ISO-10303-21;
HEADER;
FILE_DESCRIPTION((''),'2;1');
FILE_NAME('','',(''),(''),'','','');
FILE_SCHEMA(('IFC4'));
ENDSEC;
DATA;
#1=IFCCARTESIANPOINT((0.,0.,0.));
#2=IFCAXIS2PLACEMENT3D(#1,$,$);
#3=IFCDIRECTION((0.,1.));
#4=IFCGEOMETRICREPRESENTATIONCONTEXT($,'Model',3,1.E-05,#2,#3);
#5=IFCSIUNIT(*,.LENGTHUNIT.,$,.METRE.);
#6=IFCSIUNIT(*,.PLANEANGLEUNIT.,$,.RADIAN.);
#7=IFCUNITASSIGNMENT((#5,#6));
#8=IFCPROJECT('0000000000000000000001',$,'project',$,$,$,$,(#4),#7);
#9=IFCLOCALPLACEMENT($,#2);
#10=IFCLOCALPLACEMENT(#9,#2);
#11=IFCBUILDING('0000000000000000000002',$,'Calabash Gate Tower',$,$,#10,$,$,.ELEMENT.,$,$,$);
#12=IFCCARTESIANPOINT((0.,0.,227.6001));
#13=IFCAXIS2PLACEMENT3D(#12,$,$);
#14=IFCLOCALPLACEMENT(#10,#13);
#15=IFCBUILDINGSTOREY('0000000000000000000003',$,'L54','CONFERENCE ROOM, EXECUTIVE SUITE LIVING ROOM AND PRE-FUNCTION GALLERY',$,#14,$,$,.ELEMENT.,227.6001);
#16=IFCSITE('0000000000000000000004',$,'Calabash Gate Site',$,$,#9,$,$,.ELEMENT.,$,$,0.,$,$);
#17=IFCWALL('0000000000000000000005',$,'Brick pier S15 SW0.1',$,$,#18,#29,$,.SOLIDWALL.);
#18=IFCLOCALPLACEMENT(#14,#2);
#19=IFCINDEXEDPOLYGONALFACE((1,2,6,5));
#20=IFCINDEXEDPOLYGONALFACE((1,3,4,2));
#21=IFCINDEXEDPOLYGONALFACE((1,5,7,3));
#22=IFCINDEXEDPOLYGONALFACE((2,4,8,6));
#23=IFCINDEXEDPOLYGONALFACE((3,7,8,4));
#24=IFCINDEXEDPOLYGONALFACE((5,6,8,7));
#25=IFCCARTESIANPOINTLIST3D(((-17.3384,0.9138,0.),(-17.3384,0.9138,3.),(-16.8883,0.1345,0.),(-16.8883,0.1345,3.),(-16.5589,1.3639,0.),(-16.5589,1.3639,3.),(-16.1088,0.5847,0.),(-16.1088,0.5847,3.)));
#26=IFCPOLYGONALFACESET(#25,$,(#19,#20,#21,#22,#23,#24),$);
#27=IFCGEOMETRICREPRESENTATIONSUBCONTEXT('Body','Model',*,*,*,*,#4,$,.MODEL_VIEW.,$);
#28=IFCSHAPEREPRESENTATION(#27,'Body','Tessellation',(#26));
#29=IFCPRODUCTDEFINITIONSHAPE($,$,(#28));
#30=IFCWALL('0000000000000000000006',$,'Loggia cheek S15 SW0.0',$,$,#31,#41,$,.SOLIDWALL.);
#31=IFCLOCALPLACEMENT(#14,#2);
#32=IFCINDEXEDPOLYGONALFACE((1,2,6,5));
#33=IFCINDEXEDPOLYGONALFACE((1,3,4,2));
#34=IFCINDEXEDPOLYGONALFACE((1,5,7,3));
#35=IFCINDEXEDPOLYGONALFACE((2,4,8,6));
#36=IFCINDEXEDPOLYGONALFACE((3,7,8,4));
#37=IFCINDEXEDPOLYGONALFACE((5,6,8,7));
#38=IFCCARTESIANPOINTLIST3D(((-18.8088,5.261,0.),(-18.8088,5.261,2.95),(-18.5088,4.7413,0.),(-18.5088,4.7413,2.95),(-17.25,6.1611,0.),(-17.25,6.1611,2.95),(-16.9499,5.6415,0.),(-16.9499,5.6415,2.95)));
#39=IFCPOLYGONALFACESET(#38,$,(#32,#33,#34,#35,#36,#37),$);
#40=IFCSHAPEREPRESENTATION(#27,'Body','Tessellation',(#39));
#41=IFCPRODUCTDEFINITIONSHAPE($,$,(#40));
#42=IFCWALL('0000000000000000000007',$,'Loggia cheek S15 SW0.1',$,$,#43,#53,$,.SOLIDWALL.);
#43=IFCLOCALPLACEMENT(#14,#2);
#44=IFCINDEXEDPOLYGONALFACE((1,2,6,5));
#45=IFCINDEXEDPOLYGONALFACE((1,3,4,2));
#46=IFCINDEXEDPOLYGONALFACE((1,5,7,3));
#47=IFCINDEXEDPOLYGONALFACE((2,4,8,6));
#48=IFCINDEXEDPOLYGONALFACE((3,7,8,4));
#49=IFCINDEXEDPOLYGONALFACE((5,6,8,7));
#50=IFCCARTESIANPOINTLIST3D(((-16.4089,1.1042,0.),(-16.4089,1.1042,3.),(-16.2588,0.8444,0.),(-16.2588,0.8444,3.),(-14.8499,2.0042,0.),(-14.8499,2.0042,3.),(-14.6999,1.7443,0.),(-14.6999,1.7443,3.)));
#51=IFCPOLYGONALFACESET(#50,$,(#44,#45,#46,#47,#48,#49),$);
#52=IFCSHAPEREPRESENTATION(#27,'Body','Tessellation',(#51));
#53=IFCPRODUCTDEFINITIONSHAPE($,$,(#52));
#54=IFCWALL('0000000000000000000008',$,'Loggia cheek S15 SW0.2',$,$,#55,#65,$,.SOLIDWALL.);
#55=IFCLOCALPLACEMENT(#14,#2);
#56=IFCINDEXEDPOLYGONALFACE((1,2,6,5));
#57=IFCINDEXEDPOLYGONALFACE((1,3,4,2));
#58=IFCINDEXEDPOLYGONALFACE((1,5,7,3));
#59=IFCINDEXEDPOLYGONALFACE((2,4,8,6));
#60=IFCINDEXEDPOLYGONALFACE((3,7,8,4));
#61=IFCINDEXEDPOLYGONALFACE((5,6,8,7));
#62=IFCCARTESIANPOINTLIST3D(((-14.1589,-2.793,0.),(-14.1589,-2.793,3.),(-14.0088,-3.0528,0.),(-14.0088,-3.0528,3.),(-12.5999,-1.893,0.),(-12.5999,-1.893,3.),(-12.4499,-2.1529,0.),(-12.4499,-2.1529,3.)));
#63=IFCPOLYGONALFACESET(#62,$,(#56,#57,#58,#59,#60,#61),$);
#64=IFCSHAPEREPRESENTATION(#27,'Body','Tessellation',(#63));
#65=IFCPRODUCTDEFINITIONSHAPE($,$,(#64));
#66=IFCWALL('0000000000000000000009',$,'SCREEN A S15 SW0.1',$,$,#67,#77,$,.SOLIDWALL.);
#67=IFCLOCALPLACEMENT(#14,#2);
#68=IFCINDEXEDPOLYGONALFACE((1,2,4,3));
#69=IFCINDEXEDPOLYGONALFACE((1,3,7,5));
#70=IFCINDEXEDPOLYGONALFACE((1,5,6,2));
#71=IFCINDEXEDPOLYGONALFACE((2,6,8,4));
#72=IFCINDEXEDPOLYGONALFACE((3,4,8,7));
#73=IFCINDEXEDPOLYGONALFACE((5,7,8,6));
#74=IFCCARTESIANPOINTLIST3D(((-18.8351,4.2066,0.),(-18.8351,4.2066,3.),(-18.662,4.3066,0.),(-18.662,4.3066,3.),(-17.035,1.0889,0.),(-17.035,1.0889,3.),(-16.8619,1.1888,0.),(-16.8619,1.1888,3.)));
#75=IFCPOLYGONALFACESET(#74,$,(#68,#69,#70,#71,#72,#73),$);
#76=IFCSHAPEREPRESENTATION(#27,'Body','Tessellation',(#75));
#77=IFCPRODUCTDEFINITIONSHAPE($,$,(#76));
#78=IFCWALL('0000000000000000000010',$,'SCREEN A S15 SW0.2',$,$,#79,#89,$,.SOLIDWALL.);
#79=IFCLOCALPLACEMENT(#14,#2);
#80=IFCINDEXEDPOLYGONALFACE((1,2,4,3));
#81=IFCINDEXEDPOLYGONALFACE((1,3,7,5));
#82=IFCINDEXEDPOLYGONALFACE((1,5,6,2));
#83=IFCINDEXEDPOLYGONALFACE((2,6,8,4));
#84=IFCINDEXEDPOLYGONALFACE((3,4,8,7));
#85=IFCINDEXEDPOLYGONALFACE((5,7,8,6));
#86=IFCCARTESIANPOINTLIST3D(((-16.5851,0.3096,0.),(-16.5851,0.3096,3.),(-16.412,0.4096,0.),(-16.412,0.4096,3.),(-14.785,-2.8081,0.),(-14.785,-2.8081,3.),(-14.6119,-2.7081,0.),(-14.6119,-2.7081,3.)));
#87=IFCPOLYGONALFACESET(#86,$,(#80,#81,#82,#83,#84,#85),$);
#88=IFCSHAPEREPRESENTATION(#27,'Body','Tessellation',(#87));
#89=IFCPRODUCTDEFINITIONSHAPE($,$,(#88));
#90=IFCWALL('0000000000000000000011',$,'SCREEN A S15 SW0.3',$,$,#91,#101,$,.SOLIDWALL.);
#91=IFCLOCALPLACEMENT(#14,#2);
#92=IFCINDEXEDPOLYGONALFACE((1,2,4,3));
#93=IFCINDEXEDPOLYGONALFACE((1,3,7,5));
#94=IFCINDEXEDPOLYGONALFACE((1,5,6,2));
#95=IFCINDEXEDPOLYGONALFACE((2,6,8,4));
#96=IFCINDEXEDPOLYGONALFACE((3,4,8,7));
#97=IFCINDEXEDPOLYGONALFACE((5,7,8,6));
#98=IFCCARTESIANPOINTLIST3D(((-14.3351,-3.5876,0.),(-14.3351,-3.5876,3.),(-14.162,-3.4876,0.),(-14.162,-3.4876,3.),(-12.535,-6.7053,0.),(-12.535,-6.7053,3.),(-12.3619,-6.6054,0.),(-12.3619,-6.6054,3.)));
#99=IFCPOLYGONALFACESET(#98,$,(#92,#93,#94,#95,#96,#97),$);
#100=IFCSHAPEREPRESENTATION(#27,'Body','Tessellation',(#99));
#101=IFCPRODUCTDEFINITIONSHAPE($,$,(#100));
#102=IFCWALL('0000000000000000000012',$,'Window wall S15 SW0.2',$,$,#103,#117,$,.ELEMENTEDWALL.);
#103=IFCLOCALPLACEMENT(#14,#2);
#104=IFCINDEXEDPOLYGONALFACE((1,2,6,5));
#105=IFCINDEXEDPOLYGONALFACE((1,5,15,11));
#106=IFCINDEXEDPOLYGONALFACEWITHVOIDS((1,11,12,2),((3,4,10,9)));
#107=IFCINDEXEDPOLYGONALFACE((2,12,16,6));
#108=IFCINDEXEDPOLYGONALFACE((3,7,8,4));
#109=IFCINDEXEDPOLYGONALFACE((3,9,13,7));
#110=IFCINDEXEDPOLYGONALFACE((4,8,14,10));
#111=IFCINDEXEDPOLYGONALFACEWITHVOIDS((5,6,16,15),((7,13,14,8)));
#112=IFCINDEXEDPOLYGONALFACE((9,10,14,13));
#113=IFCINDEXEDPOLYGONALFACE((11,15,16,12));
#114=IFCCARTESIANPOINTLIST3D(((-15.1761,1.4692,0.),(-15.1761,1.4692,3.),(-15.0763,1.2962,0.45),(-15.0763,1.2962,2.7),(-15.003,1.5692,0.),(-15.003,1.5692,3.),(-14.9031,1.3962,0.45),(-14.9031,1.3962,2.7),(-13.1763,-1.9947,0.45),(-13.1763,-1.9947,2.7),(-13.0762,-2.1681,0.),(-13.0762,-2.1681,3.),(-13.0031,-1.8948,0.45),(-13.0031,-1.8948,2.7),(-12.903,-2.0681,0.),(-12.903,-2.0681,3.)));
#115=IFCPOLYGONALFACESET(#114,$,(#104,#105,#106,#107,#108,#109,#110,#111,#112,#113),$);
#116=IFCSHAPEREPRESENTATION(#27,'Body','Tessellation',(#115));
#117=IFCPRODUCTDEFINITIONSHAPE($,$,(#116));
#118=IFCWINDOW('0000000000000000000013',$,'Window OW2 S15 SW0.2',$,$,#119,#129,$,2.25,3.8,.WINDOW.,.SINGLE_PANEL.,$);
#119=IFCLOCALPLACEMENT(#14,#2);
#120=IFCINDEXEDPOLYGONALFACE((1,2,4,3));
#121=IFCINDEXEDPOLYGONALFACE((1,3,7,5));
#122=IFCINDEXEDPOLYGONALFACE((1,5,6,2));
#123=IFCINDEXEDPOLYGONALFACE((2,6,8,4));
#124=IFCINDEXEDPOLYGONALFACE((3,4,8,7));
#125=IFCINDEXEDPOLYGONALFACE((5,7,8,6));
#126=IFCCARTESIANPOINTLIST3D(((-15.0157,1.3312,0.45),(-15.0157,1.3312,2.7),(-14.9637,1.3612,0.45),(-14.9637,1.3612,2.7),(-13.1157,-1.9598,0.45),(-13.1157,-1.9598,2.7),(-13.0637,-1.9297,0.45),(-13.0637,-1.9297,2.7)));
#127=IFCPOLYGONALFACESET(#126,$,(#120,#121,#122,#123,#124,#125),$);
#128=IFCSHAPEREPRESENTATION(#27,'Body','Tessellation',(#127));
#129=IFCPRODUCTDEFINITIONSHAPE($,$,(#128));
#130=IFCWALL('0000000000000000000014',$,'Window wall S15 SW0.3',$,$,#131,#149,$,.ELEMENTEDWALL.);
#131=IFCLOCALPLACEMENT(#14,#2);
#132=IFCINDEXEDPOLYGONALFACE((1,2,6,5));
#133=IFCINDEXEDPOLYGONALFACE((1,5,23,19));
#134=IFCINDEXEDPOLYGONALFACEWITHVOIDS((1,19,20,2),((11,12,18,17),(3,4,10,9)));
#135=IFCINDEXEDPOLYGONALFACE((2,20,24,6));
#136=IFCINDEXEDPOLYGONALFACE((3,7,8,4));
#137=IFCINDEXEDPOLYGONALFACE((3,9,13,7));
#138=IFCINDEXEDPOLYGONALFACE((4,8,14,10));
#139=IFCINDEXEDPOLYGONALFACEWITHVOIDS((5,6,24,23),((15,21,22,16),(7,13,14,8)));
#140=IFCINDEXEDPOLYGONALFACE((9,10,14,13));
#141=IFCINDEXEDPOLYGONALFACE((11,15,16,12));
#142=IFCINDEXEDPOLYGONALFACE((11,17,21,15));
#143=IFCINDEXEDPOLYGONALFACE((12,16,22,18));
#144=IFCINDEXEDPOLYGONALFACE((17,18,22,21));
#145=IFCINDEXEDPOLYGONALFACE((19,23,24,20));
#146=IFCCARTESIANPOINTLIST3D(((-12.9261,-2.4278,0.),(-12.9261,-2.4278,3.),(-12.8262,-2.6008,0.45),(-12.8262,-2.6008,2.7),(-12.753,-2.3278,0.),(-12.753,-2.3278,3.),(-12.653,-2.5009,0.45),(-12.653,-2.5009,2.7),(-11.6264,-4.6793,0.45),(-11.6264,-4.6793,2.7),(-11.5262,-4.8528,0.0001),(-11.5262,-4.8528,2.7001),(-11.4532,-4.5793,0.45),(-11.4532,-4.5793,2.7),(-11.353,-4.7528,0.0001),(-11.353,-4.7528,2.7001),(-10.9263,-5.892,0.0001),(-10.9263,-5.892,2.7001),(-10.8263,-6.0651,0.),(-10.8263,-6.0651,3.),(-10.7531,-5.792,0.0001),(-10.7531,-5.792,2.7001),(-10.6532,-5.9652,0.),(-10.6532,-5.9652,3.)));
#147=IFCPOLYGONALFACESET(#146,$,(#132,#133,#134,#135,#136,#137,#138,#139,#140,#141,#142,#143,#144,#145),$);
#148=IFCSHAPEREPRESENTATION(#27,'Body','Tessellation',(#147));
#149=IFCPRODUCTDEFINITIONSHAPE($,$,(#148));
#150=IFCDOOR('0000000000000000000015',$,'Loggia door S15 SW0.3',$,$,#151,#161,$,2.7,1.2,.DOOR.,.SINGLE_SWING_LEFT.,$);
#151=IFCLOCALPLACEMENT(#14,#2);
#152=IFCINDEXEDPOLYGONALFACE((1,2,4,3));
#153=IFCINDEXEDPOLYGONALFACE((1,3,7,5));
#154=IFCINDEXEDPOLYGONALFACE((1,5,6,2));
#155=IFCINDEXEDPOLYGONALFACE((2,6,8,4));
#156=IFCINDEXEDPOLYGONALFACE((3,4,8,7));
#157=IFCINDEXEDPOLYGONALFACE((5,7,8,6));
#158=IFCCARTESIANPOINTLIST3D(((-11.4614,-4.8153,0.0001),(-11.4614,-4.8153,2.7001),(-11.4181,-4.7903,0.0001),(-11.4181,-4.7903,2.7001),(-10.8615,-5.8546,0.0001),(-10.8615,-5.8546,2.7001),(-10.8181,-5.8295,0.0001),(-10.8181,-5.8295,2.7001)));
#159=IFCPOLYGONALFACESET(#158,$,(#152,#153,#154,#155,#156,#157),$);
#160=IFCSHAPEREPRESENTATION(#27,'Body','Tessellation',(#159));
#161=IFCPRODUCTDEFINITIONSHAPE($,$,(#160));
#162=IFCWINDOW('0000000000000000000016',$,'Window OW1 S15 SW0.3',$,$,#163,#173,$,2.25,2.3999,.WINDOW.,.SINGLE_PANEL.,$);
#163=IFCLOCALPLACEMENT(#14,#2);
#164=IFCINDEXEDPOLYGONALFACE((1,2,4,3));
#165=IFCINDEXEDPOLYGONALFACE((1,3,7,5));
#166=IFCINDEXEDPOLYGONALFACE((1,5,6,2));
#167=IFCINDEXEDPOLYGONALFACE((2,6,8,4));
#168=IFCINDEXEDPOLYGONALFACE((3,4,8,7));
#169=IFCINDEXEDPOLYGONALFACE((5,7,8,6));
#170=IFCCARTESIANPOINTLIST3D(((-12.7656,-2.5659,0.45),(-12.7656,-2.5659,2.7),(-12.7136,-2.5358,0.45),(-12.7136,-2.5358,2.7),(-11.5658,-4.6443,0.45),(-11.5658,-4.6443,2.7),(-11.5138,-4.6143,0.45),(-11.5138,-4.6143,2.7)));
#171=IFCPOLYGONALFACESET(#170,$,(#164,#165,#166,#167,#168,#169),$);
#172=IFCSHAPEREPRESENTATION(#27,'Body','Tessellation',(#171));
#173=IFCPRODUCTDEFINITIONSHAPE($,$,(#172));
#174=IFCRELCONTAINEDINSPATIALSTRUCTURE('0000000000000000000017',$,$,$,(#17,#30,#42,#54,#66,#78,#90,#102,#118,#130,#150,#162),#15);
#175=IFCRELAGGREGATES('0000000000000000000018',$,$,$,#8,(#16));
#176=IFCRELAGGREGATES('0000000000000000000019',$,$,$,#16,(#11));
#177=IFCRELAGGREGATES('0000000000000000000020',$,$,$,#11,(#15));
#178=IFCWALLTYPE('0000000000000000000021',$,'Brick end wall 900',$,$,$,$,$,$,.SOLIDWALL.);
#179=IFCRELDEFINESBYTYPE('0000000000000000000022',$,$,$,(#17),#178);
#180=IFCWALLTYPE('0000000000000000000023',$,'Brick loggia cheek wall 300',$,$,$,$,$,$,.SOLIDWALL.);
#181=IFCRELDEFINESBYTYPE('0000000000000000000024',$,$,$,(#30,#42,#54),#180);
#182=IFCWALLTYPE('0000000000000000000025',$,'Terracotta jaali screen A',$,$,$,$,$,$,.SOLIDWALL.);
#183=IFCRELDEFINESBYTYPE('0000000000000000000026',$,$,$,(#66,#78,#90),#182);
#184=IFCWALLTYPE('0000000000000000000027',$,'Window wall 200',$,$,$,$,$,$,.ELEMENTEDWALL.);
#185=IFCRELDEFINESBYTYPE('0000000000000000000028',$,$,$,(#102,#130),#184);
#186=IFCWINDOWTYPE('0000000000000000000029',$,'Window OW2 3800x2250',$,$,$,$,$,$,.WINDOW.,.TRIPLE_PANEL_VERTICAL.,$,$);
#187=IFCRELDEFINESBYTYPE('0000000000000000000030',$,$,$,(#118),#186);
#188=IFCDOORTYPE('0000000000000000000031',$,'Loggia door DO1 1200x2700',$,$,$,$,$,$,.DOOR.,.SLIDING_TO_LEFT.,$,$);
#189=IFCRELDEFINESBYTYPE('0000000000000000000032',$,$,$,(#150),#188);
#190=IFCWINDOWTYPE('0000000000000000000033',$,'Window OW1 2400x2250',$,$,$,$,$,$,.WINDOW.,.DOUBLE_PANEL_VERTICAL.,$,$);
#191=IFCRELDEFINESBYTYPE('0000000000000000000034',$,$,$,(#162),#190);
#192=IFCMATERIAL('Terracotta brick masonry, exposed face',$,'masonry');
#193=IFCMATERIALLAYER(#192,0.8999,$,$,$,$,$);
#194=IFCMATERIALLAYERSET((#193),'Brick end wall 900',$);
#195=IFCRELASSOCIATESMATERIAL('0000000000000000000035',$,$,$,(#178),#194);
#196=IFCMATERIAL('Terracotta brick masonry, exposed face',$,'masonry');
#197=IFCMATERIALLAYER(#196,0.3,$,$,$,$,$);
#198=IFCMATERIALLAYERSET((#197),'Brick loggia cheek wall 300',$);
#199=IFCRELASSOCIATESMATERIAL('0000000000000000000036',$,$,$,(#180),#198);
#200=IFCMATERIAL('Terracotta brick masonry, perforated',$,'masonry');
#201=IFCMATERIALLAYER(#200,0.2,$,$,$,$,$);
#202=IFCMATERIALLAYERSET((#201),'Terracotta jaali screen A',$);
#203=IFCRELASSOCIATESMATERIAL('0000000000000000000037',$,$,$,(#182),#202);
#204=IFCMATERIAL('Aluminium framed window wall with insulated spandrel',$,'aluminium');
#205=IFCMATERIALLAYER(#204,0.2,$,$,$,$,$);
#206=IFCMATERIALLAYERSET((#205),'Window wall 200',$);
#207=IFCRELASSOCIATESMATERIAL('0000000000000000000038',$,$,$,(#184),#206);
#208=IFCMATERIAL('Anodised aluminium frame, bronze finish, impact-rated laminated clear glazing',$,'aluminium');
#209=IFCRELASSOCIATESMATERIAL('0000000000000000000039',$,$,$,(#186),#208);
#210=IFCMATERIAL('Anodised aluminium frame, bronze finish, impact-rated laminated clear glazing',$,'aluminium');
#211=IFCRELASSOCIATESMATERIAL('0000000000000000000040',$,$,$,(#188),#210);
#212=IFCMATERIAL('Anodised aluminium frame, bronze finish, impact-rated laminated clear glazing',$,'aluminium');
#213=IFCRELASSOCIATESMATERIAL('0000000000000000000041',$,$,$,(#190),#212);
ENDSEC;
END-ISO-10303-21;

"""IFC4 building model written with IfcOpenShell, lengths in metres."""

from ifc_helpers import new_model, si_unit, direction, frame, frame_2d, origin, place, context, subcontext, project, spatial, rectangle, extrude, material, layer, layer_set, type_object, element, fill, save


model = new_model("IFC4")

# Units and contexts
model_context = context("Model", 3, precision=1e-05, world=origin(), true_north=direction((0.0, 1.0)))
body_context = subcontext(model_context, "Body", "Model", "MODEL_VIEW")
ifc_project = project(units=[si_unit("LENGTHUNIT", "METRE"), si_unit("PLANEANGLEUNIT", "RADIAN")], contexts=[model_context])

# Site, building, storey
site_placement = place(None, origin())
site = spatial("IfcSite", under=ifc_project, at=site_placement, Name="Calabash Gate Site", CompositionType="ELEMENT", RefElevation=0.0)
building_placement = place(site_placement, origin())
building = spatial("IfcBuilding", under=site, at=building_placement, Name="Calabash Gate Tower", CompositionType="ELEMENT")
storey_placement = place(building_placement, frame((0.0, 0.0, 227.6001)))
storey = spatial("IfcBuildingStorey", under=building, at=storey_placement, Name="L54", Description="CONFERENCE ROOM, EXECUTIVE SUITE LIVING ROOM AND PRE-FUNCTION GALLERY", CompositionType="ELEMENT", Elevation=227.6001)

# Walls
ifc_material_1 = material(Name="Terracotta brick masonry, exposed face", Category="masonry")
ifc_layer_1 = layer(ifc_material_1, 0.8999)
ifc_layer_set_1 = layer_set([ifc_layer_1], Name="Brick end wall 900")
wall_type_1 = type_object("IfcWallType", Name="Brick end wall 900", PredefinedType="SOLIDWALL", material=ifc_layer_set_1)
wall_1_placement = place(storey_placement, frame((-16.3337, 0.9744, 0.0), z_axis=(0.0, 0.0, 1.0), x_axis=(-0.865964, -0.500106, 0.0)))
element("IfcWall", 1, at=wall_1_placement, inside=storey, type_object=wall_type_1, Name="Brick pier S15 SW0.1", PredefinedType="SOLIDWALL", context=body_context, shape_type="SweptSolid", body=[
    extrude(rectangle(XDim=0.9001, YDim=0.8999, at=frame_2d((0.4502, 0.0))), origin(), (0.0, 0.0, 1.0), 3.0),
])
ifc_material_2 = material(Name="Terracotta brick masonry, exposed face", Category="masonry")
ifc_layer_2 = layer(ifc_material_2, 0.3)
ifc_layer_set_2 = layer_set([ifc_layer_2], Name="Brick loggia cheek wall 300")
wall_type_2 = type_object("IfcWallType", Name="Brick loggia cheek wall 300", PredefinedType="SOLIDWALL", material=ifc_layer_set_2)
wall_2_placement = place(storey_placement, frame((-18.6587, 5.0012, 0.0), z_axis=(0.0, 0.0, 1.0), x_axis=(0.865989, 0.500063, 0.0)))
element("IfcWall", 2, at=wall_2_placement, inside=storey, type_object=wall_type_2, Name="Loggia cheek S15 SW0.0", PredefinedType="SOLIDWALL", context=body_context, shape_type="SweptSolid", body=[
    extrude(rectangle(XDim=1.8, YDim=0.6001, at=frame_2d((0.8999, 0.0))), origin(), (0.0, 0.0, 1.0), 2.95),
])
for number, where, z_axis, x_axis, name in (
    (3, (-16.3337, 0.9744, 0.0), (0.0, 0.0, 1.0), (0.866048, 0.499961, 0.0), "Loggia cheek S15 SW0.1"),
    (4, (-14.0837, -2.9229, 0.0), (0.0, 0.0, 1.0), (0.866048, 0.499961, 0.0), "Loggia cheek S15 SW0.2"),
):
    element("IfcWall", number, at=place(storey_placement, frame(where, z_axis=z_axis, x_axis=x_axis)), inside=storey, type_object=wall_type_2, Name=name, PredefinedType="SOLIDWALL", context=body_context, shape_type="SweptSolid", body=[
        extrude(rectangle(XDim=1.8, YDim=0.3, at=frame_2d((0.8999, 0.0))), origin(), (0.0, 0.0, 1.0), 3.0),
    ])

# Walls
ifc_material_3 = material(Name="Terracotta brick masonry, perforated", Category="masonry")
ifc_layer_3 = layer(ifc_material_3, 0.2)
ifc_layer_set_3 = layer_set([ifc_layer_3], Name="Terracotta jaali screen A")
wall_type_3 = type_object("IfcWallType", Name="Terracotta jaali screen A", PredefinedType="SOLIDWALL", material=ifc_layer_set_3)
for number, where, z_axis, x_axis, name in (
    (5, (-18.7485, 4.2566, 0.0), (0.0, 0.0, 1.0), (0.500012, -0.866018, 0.0), "SCREEN A S15 SW0.1"),
    (6, (-16.4985, 0.3596, 0.0), (0.0, 0.0, 1.0), (0.500012, -0.866018, 0.0), "SCREEN A S15 SW0.2"),
    (7, (-14.2485, -3.5376, 0.0), (0.0, 0.0, 1.0), (0.500012, -0.866018, 0.0), "SCREEN A S15 SW0.3"),
):
    element("IfcWall", number, at=place(storey_placement, frame(where, z_axis=z_axis, x_axis=x_axis)), inside=storey, type_object=wall_type_3, Name=name, PredefinedType="SOLIDWALL", context=body_context, shape_type="SweptSolid", body=[
        extrude(rectangle(XDim=3.6001, YDim=0.2, at=frame_2d((1.8, 0.0))), origin(), (0.0, 0.0, 1.0), 3.0),
    ])

# Wall, opening, window
ifc_material_4 = material(Name="Aluminium framed window wall with insulated spandrel", Category="aluminium")
ifc_layer_4 = layer(ifc_material_4, 0.2)
ifc_layer_set_4 = layer_set([ifc_layer_4], Name="Window wall 200")
wall_type_4 = type_object("IfcWallType", Name="Window wall 200", PredefinedType="ELEMENTEDWALL", material=ifc_layer_set_4)
wall_3_placement = place(storey_placement, frame((-15.0896, 1.5193, 0.0), z_axis=(0.0, 0.0, 1.0), x_axis=(0.499984, -0.866035, 0.0)))
wall_3 = element("IfcWall", 8, at=wall_3_placement, inside=storey, type_object=wall_type_4, Name="Window wall S15 SW0.2", PredefinedType="ELEMENTEDWALL", context=body_context, shape_type="SweptSolid", body=[
    extrude(rectangle(XDim=4.2, YDim=0.2, at=frame_2d((2.1001, 0.0))), origin(), (0.0, 0.0, 1.0), 3.0),
])
opening_1_placement = place(wall_3_placement, frame((0.2, 0.0, 0.45)))
opening_1 = element("IfcOpeningElement", 9, at=opening_1_placement, cuts=wall_3, PredefinedType="OPENING", context=body_context, shape_type="SweptSolid", body=[
    extrude(rectangle(XDim=3.8, YDim=2.25, at=frame_2d((1.8999, 1.125))), frame((0.0, 0.1099, 0.0), z_axis=(0.0, -1.0, 0.0), x_axis=(1.0, 0.0, 0.0)), (0.0, 0.0, 1.0), 0.22),
])
ifc_material_5 = material(Name="Anodised aluminium frame, bronze finish, impact-rated laminated clear glazing", Category="aluminium")
window_type_1 = type_object("IfcWindowType", Name="Window OW2 3800x2250", PartitioningType="TRIPLE_PANEL_VERTICAL", PredefinedType="WINDOW", material=ifc_material_5)
window_1_placement = place(opening_1_placement, origin())
window_1 = element("IfcWindow", 10, at=window_1_placement, inside=storey, type_object=window_type_1, Name="Window OW2 S15 SW0.2", OverallHeight=2.25, OverallWidth=3.8, PartitioningType="SINGLE_PANEL", PredefinedType="WINDOW", context=body_context, shape_type="SweptSolid", body=[
    extrude(rectangle(XDim=3.8, YDim=2.25, at=frame_2d((1.8999, 1.125))), frame((0.0, 0.03, 0.0), z_axis=(0.0, -1.0, 0.0), x_axis=(1.0, 0.0, 0.0)), (0.0, 0.0, 1.0), 0.0601),
])
fill(opening_1, window_1)

# Wall, openings, door, window
wall_4_placement = place(storey_placement, frame((-12.8396, -2.3777, 0.0), z_axis=(0.0, 0.0, 1.0), x_axis=(0.499959, -0.866049, 0.0)))
wall_4 = element("IfcWall", 11, at=wall_4_placement, inside=storey, type_object=wall_type_4, Name="Window wall S15 SW0.3", PredefinedType="ELEMENTEDWALL", context=body_context, shape_type="SweptSolid", body=[
    extrude(rectangle(XDim=4.2, YDim=0.2, at=frame_2d((2.1001, 0.0))), origin(), (0.0, 0.0, 1.0), 3.0),
])
opening_2_placement = place(wall_4_placement, frame((0.2, 0.0, 0.45)))
opening_2 = element("IfcOpeningElement", 12, at=opening_2_placement, cuts=wall_4, PredefinedType="OPENING", context=body_context, shape_type="SweptSolid", body=[
    extrude(rectangle(XDim=2.3999, YDim=2.25, at=frame_2d((1.2, 1.125))), frame((0.0, 0.1099, 0.0), z_axis=(0.0, -1.0, 0.0), x_axis=(1.0, 0.0, 0.0)), (0.0, 0.0, 1.0), 0.22),
])
opening_3_placement = place(wall_4_placement, frame((2.8, 0.0, 0.0)))
opening_3 = element("IfcOpeningElement", 13, at=opening_3_placement, cuts=wall_4, PredefinedType="OPENING", context=body_context, shape_type="SweptSolid", body=[
    extrude(rectangle(XDim=1.2, YDim=2.7, at=frame_2d((0.6001, 1.3501))), frame((0.0, 0.1099, 0.0), z_axis=(0.0, -1.0, 0.0), x_axis=(1.0, 0.0, 0.0)), (0.0, 0.0, 1.0), 0.22),
])
ifc_material_6 = material(Name="Anodised aluminium frame, bronze finish, impact-rated laminated clear glazing", Category="aluminium")
door_type_1 = type_object("IfcDoorType", Name="Loggia door DO1 1200x2700", OperationType="SLIDING_TO_LEFT", PredefinedType="DOOR", material=ifc_material_6)
door_1_placement = place(opening_3_placement, origin())
door_1 = element("IfcDoor", 14, at=door_1_placement, inside=storey, type_object=door_type_1, Name="Loggia door S15 SW0.3", OperationType="SINGLE_SWING_LEFT", OverallHeight=2.7, OverallWidth=1.2, PredefinedType="DOOR", context=body_context, shape_type="SweptSolid", body=[
    extrude(rectangle(XDim=1.2, YDim=2.7, at=frame_2d((0.6001, 1.3501))), frame((0.0, 0.0249, 0.0), z_axis=(0.0, -1.0, 0.0), x_axis=(1.0, 0.0, 0.0)), (0.0, 0.0, 1.0), 0.05),
])
fill(opening_3, door_1)
ifc_material_7 = material(Name="Anodised aluminium frame, bronze finish, impact-rated laminated clear glazing", Category="aluminium")
window_type_2 = type_object("IfcWindowType", Name="Window OW1 2400x2250", PartitioningType="DOUBLE_PANEL_VERTICAL", PredefinedType="WINDOW", material=ifc_material_7)
window_2_placement = place(opening_2_placement, origin())
window_2 = element("IfcWindow", 15, at=window_2_placement, inside=storey, type_object=window_type_2, Name="Window OW1 S15 SW0.3", OverallHeight=2.25, OverallWidth=2.3999, PartitioningType="SINGLE_PANEL", PredefinedType="WINDOW", context=body_context, shape_type="SweptSolid", body=[
    extrude(rectangle(XDim=2.3999, YDim=2.25, at=frame_2d((1.2, 1.125))), frame((0.0, 0.03, 0.0), z_axis=(0.0, -1.0, 0.0), x_axis=(1.0, 0.0, 0.0)), (0.0, 0.0, 1.0), 0.0601),
])
fill(opening_2, window_2)

save(model, "model.ifc")
